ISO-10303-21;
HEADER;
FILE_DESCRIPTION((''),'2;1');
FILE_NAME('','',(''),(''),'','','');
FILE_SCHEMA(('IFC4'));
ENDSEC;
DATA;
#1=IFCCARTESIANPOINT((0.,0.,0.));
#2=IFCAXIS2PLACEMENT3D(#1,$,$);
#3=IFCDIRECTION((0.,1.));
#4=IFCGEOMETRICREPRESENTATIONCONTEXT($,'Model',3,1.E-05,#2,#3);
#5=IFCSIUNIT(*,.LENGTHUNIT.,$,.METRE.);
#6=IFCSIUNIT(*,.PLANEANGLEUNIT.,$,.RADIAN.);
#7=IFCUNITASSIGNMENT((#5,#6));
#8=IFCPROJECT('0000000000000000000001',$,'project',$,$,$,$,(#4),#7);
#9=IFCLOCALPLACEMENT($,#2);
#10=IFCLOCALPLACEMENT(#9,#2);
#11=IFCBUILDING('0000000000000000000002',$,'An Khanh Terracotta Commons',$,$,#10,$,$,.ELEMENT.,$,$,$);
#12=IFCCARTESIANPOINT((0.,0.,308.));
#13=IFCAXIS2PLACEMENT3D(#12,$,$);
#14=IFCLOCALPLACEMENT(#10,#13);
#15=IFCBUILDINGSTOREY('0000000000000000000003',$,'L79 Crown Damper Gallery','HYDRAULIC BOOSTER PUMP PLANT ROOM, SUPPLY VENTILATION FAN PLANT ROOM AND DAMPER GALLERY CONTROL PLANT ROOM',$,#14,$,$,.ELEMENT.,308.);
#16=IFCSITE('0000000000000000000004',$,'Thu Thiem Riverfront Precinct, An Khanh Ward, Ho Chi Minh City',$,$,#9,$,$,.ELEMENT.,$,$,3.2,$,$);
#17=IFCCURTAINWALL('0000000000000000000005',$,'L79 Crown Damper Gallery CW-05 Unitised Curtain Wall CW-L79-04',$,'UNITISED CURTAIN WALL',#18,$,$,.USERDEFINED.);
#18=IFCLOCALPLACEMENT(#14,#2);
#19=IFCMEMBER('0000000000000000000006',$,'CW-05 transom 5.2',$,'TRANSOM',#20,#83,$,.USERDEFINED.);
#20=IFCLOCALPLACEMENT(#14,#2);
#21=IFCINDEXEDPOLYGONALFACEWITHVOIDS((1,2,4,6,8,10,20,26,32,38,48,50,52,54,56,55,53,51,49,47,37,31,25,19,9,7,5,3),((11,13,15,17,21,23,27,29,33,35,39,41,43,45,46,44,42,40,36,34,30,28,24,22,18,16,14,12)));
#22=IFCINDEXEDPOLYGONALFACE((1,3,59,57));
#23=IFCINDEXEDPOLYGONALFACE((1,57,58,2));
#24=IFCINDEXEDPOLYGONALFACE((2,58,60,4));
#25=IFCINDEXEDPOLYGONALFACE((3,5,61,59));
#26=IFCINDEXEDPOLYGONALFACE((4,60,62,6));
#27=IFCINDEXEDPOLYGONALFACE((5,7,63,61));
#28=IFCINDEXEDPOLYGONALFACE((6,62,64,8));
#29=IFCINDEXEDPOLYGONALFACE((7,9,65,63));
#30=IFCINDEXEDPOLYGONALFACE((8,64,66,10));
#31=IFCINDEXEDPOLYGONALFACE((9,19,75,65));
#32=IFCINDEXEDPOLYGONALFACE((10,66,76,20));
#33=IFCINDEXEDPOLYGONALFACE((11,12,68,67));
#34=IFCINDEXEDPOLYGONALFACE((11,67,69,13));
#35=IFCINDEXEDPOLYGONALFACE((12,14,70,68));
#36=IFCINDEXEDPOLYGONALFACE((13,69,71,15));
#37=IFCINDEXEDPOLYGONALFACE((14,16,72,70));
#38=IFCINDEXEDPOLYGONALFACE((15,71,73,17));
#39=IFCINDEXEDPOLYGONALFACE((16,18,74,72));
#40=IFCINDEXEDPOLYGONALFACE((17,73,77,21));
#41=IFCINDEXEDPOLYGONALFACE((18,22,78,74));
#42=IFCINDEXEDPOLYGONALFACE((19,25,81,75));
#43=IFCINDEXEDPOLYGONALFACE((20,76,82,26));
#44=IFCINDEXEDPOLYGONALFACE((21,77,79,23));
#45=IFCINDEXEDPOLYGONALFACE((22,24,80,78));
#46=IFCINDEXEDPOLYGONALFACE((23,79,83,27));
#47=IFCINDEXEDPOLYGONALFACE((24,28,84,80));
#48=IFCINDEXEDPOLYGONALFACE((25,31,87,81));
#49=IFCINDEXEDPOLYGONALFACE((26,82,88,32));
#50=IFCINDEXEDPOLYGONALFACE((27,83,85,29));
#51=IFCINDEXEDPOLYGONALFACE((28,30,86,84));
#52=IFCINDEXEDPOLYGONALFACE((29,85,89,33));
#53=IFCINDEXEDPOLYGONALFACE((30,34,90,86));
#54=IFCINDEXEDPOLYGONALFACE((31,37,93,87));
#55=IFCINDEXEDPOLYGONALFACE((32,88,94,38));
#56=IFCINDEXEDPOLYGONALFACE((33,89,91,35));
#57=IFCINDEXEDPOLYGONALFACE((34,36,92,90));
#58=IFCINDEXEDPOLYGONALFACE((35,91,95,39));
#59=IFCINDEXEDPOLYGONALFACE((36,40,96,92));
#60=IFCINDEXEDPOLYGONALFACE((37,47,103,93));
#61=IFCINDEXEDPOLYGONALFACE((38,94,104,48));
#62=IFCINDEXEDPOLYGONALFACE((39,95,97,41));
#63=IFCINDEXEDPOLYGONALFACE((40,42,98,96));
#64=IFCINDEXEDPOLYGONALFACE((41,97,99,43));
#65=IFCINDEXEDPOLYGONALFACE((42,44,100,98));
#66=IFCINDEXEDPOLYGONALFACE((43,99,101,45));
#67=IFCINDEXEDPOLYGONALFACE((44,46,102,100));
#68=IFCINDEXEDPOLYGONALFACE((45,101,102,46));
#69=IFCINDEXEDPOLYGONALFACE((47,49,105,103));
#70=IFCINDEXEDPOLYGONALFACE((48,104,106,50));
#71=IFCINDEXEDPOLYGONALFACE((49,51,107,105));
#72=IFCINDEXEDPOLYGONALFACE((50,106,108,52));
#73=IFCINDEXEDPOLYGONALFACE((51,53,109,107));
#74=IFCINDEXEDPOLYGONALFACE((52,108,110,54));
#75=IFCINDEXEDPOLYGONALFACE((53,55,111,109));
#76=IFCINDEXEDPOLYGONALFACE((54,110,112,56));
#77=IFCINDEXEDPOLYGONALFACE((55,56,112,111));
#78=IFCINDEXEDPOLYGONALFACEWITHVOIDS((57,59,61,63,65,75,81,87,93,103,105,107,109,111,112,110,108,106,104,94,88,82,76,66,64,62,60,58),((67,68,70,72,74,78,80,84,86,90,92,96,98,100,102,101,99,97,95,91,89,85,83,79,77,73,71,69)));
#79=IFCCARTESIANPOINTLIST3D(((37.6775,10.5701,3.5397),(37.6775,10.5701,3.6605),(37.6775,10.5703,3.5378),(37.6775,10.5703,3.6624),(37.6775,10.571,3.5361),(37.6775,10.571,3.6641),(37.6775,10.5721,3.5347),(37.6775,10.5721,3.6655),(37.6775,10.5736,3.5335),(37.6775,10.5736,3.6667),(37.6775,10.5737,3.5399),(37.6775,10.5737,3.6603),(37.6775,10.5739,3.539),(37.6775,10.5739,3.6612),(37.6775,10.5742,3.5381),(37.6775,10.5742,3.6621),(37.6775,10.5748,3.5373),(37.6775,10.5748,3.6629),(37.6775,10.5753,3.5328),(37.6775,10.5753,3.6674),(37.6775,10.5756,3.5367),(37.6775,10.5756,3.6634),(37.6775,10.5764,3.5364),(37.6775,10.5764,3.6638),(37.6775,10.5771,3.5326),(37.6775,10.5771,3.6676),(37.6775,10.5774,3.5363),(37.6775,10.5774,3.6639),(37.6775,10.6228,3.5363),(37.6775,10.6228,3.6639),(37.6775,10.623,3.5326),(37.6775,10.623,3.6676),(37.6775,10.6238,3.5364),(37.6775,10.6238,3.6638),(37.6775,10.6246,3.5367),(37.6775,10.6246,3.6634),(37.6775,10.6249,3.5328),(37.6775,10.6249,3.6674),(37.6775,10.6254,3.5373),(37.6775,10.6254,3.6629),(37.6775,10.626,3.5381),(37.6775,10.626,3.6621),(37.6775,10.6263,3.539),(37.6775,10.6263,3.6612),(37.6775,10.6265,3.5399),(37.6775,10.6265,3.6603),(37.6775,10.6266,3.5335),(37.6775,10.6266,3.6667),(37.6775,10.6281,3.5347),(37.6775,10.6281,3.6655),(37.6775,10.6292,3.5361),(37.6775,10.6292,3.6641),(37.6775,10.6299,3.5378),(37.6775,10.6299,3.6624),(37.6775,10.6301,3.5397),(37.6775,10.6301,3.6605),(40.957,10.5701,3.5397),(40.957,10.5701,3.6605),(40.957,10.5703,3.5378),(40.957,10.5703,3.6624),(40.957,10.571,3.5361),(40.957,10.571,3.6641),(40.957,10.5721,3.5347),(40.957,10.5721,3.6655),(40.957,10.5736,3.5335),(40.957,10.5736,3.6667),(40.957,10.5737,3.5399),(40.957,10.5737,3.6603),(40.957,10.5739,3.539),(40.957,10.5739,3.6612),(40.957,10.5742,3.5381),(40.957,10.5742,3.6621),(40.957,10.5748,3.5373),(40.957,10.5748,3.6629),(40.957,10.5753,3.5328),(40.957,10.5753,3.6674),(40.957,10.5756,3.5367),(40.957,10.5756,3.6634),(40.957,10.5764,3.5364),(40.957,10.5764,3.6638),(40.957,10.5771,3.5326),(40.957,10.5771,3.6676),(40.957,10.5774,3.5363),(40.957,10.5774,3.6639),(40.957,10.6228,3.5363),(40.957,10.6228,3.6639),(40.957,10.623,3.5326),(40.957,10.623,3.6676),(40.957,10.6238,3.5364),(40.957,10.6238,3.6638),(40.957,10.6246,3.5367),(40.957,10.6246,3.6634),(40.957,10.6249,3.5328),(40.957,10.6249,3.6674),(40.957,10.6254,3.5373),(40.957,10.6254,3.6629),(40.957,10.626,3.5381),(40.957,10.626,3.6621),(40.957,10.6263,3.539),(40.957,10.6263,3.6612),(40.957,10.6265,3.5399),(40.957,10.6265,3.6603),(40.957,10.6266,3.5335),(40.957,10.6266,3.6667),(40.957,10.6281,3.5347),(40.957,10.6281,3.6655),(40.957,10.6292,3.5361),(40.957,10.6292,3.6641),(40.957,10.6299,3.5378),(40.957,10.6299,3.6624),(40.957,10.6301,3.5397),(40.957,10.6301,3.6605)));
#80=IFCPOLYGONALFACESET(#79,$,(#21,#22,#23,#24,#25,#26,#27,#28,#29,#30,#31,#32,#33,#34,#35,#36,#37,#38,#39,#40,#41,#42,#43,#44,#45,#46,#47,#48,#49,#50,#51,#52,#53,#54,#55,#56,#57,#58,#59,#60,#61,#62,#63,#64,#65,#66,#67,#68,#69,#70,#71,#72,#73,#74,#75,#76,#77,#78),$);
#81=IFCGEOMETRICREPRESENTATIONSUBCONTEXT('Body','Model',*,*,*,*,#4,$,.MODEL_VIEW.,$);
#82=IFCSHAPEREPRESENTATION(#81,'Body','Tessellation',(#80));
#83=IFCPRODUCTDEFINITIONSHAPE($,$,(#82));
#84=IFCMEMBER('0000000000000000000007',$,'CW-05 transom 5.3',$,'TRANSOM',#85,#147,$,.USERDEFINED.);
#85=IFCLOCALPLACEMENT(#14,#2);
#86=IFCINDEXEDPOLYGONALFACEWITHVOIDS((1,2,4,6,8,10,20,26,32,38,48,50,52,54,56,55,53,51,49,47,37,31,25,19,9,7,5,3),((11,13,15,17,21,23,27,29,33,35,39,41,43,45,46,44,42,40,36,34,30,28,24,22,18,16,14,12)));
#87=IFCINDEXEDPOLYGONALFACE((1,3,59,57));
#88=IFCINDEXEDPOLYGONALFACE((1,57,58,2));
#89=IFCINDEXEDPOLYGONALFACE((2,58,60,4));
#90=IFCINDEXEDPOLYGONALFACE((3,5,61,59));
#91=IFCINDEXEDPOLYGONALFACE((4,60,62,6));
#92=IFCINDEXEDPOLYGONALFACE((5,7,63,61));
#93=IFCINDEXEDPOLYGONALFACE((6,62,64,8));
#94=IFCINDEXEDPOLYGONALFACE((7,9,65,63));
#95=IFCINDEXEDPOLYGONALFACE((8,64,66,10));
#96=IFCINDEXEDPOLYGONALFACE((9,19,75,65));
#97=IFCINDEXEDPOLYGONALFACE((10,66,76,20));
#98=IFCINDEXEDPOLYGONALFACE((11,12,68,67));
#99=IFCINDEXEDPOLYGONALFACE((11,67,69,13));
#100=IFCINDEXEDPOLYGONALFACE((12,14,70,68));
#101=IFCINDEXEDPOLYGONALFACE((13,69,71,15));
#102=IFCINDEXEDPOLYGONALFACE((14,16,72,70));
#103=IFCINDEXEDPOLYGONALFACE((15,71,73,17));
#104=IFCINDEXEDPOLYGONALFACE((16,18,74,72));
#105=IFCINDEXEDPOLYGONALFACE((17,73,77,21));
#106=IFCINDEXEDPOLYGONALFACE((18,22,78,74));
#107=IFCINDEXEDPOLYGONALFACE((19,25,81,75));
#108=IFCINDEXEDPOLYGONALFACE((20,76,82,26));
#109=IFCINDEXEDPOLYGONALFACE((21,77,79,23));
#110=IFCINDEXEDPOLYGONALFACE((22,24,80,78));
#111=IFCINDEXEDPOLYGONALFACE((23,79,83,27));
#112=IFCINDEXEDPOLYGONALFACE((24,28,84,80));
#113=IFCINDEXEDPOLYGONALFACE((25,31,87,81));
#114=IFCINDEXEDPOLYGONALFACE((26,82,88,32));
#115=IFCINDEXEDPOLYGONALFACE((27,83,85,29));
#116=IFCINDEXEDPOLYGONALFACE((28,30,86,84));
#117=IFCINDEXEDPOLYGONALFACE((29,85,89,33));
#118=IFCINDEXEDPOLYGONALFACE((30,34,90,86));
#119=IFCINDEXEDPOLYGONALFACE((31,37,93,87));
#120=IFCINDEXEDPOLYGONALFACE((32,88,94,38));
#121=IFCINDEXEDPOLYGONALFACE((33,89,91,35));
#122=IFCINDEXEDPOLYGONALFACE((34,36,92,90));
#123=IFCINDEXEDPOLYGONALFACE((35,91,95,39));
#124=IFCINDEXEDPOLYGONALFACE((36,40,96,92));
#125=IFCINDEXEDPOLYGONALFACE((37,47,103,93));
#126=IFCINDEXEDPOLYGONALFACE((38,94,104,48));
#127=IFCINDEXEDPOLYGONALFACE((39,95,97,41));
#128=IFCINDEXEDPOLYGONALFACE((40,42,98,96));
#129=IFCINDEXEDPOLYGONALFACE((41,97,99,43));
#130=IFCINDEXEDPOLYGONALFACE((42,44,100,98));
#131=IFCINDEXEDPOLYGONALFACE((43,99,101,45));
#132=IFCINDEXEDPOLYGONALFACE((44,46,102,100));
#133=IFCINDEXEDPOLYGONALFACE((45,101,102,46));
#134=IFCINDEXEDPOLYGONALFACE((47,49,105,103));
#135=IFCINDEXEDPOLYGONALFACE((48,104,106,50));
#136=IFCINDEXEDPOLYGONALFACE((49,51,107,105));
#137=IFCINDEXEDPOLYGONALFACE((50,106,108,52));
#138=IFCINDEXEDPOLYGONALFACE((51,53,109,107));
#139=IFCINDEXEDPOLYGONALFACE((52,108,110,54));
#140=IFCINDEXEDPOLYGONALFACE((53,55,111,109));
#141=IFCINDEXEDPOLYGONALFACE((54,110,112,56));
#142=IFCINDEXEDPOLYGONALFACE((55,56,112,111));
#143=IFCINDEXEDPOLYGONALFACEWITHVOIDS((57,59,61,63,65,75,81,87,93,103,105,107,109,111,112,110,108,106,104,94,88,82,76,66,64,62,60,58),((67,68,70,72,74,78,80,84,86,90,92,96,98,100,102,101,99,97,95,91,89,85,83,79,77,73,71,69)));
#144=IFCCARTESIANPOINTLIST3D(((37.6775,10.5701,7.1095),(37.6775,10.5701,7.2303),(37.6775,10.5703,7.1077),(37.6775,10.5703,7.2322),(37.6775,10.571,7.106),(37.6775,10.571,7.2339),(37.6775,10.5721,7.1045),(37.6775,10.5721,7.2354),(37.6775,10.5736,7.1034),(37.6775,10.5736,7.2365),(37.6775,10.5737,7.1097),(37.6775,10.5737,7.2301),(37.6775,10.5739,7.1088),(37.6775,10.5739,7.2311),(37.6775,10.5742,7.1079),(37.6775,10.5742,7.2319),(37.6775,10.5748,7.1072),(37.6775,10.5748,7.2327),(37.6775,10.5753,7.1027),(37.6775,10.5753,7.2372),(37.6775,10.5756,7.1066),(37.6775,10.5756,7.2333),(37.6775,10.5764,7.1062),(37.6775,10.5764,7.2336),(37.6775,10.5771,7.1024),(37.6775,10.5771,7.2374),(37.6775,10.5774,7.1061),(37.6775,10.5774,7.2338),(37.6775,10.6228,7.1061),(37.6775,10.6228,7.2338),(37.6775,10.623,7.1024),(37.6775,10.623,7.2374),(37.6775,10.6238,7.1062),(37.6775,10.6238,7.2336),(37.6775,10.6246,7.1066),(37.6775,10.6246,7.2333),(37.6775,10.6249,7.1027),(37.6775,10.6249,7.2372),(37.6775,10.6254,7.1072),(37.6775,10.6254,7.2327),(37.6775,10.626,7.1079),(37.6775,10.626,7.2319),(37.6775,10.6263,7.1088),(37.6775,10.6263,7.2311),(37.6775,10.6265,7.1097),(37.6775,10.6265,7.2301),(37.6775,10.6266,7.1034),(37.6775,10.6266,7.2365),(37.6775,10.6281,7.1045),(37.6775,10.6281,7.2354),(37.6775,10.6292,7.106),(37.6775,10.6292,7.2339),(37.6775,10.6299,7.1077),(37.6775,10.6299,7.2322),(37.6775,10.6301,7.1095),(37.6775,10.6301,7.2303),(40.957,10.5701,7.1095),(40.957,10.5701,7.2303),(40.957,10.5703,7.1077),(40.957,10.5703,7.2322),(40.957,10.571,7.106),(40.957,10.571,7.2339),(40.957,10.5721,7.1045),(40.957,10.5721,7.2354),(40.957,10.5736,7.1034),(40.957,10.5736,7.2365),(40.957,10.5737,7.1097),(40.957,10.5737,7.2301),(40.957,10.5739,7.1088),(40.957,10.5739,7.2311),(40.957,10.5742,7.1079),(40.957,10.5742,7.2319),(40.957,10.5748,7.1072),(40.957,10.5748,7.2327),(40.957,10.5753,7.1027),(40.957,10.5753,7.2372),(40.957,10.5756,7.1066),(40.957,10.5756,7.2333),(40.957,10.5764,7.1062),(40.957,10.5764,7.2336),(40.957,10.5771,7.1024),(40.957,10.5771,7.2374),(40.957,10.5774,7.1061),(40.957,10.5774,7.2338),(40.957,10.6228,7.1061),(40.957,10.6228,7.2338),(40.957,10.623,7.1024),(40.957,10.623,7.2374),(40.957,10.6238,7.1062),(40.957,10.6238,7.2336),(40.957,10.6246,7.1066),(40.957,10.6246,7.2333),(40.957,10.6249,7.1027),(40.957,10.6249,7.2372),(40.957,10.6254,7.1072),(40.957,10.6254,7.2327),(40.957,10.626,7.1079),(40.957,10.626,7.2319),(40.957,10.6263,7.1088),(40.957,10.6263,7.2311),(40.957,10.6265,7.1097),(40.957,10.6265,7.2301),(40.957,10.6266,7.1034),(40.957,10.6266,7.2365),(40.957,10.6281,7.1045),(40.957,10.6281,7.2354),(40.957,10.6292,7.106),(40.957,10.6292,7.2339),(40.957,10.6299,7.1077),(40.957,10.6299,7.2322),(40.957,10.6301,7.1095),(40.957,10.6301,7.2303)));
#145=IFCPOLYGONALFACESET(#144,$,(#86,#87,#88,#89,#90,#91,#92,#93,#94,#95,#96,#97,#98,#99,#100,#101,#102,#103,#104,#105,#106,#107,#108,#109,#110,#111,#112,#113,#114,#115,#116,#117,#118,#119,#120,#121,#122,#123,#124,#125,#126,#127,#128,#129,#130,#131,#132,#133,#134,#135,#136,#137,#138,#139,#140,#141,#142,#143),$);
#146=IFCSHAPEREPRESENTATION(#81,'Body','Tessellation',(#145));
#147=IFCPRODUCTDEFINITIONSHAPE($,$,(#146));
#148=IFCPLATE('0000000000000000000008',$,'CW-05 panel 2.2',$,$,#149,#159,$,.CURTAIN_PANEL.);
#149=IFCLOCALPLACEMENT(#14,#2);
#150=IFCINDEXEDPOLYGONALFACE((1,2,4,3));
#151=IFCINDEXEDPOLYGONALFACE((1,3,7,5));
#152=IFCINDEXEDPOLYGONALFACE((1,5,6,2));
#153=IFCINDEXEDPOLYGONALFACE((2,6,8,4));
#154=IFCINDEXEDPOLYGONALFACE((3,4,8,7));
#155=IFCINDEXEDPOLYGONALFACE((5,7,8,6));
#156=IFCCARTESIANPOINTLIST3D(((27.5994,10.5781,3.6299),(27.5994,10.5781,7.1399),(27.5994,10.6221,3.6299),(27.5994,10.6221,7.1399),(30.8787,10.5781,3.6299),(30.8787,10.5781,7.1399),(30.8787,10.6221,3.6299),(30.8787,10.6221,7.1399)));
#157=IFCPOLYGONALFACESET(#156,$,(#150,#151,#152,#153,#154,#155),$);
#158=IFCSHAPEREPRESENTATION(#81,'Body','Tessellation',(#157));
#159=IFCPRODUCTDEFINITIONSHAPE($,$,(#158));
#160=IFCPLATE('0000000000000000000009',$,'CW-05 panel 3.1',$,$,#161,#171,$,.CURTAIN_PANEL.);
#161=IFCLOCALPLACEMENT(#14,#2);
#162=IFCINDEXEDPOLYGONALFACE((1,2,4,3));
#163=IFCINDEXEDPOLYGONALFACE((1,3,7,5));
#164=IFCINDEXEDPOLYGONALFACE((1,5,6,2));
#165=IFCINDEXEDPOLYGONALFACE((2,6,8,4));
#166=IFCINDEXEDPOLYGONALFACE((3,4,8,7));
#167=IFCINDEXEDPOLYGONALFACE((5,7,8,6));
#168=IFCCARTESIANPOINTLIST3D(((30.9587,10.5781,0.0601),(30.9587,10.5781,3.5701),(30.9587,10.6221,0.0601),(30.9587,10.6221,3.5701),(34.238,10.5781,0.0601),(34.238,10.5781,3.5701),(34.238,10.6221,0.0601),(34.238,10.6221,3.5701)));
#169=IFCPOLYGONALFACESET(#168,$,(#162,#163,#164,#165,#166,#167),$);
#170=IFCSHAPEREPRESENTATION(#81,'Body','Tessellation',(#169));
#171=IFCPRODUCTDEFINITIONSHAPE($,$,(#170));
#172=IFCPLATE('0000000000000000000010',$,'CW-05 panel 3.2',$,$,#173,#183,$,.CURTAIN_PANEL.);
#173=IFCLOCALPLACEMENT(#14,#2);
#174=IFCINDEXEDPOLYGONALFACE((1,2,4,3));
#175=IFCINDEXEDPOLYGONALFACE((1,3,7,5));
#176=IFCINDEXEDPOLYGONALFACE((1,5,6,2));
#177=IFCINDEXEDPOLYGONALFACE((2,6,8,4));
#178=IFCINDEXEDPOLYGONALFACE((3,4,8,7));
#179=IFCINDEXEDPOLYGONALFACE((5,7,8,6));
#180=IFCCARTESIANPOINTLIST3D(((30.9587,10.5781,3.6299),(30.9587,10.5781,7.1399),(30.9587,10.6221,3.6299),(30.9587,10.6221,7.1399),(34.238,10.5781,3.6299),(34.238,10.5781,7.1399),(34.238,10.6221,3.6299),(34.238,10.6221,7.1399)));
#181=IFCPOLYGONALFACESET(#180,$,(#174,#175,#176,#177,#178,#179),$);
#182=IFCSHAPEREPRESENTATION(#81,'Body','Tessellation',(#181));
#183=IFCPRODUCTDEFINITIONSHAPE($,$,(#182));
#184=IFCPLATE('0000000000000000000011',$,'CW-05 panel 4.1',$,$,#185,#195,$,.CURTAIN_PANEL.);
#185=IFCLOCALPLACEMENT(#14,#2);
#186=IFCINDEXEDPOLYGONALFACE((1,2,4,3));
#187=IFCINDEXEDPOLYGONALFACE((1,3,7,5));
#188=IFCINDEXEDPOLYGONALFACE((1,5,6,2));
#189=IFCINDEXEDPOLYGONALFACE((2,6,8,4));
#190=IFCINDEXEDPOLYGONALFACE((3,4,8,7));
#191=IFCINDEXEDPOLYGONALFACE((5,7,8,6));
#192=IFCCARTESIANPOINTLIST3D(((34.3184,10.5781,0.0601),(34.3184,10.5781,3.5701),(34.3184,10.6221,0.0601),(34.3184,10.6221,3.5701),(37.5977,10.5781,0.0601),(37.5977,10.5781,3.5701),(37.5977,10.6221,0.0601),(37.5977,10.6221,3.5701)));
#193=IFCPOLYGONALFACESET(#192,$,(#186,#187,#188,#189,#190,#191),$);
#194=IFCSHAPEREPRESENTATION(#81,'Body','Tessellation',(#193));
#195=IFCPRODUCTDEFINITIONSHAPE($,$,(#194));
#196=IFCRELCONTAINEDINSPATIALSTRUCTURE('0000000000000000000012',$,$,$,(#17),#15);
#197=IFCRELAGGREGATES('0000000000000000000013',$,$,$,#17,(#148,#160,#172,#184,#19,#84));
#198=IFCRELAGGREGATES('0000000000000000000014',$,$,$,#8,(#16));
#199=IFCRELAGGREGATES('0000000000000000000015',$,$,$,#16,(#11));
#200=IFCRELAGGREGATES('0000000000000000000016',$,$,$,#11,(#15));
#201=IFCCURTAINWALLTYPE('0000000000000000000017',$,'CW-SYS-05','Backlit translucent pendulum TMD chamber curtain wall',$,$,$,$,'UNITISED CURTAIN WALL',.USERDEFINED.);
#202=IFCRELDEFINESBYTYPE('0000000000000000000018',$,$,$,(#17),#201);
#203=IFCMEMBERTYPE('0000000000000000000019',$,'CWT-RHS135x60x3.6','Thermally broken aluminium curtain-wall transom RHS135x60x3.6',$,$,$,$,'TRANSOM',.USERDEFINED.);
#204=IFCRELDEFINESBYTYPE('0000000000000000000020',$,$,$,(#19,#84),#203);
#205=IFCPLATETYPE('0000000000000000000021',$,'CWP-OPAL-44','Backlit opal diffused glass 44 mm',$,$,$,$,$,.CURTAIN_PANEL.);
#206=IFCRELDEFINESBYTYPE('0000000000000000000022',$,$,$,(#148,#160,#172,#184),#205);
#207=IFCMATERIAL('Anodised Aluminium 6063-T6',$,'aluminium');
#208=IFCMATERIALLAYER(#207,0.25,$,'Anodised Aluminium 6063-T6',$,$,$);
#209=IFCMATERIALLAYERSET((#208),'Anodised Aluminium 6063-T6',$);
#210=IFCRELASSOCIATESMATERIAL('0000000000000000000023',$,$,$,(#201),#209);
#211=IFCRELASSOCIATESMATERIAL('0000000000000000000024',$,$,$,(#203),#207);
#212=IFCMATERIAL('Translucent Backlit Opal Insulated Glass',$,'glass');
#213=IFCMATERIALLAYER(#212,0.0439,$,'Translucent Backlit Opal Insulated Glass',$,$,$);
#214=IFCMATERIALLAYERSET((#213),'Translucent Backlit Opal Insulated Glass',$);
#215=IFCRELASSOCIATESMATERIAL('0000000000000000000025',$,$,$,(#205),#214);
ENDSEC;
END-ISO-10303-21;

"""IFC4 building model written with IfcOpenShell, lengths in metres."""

from ifc_helpers import new_model, si_unit, direction, frame, origin, origin_2d, place, context, subcontext, project, spatial, rectangle, hollow_rectangle, extrude, material, layer, layer_set, material_profile, profile_set, type_object, element, aggregate, save


model = new_model("IFC4")

# Units and contexts
model_context = context("Model", 3, precision=1e-05, world=origin(), true_north=direction((0.0, 1.0)))
body_context = subcontext(model_context, "Body", "Model", "MODEL_VIEW")
ifc_project = project(units=[si_unit("LENGTHUNIT", "METRE"), si_unit("PLANEANGLEUNIT", "RADIAN")], contexts=[model_context])

# Site, building, storey
site_placement = place(None, origin())
site = spatial("IfcSite", under=ifc_project, at=site_placement, Name="Thu Thiem Riverfront Precinct, An Khanh Ward, Ho Chi Minh City", CompositionType="ELEMENT", RefElevation=3.2)
building_placement = place(site_placement, origin())
building = spatial("IfcBuilding", under=site, at=building_placement, Name="An Khanh Terracotta Commons", CompositionType="ELEMENT")
storey_placement = place(building_placement, frame((0.0, 0.0, 308.0)))
storey = spatial("IfcBuildingStorey", under=building, at=storey_placement, Name="L79 Crown Damper Gallery", Description="HYDRAULIC BOOSTER PUMP PLANT ROOM, SUPPLY VENTILATION FAN PLANT ROOM AND DAMPER GALLERY CONTROL PLANT ROOM", CompositionType="ELEMENT", Elevation=308.0)

# Curtain wall, members, plates
ifc_material_1 = material(Name="Anodised Aluminium 6063-T6", Category="aluminium")
ifc_layer_1 = layer(ifc_material_1, 0.25, Name="Anodised Aluminium 6063-T6")
ifc_layer_set_1 = layer_set([ifc_layer_1], Name="Anodised Aluminium 6063-T6")
curtain_wall_type = type_object("IfcCurtainWallType", Name="CW-SYS-05", Description="Backlit translucent pendulum TMD chamber curtain wall", ElementType="UNITISED CURTAIN WALL", PredefinedType="USERDEFINED", material=ifc_layer_set_1)
curtain_wall_placement = place(storey_placement, origin())
curtain_wall = element("IfcCurtainWall", 1, at=curtain_wall_placement, inside=storey, type_object=curtain_wall_type, Name="L79 Crown Damper Gallery CW-05 Unitised Curtain Wall CW-L79-04", ObjectType="UNITISED CURTAIN WALL", PredefinedType="USERDEFINED")
ifc_material_profile_1 = material_profile(ifc_material_1, hollow_rectangle(XDim=0.0601, YDim=0.135, WallThickness=0.0037, InnerFilletRadius=0.0037, OuterFilletRadius=0.0071, at=origin_2d()), Name="RHS135x60x3.6")
ifc_profile_set_1 = profile_set([ifc_material_profile_1], Name="Anodised Aluminium 6063-T6")
member_type_1 = type_object("IfcMemberType", Name="CWT-RHS135x60x3.6", Description="Thermally broken aluminium curtain-wall transom RHS135x60x3.6", ElementType="TRANSOM", PredefinedType="USERDEFINED", material=ifc_profile_set_1)
member_1_placement = place(storey_placement, frame((37.6775, 10.6001, 3.6001), z_axis=(1.0, 0.0, 0.0), x_axis=(0.0, 1.0, 0.0)))
member_1 = element("IfcMember", 2, at=member_1_placement, type_object=member_type_1, Name="CW-05 transom 5.2", ObjectType="TRANSOM", PredefinedType="USERDEFINED", context=body_context, shape_type="SweptSolid", body=[
    extrude(hollow_rectangle(XDim=0.0601, YDim=0.135, WallThickness=0.0037, InnerFilletRadius=0.0037, OuterFilletRadius=0.0071, at=origin_2d()), origin(), (0.0, 0.0, 1.0), 3.2795),
])
member_2_placement = place(storey_placement, frame((37.6775, 10.6001, 7.1699), z_axis=(1.0, 0.0, 0.0), x_axis=(0.0, 1.0, 0.0)))
member_2 = element("IfcMember", 3, at=member_2_placement, type_object=member_type_1, Name="CW-05 transom 5.3", ObjectType="TRANSOM", PredefinedType="USERDEFINED", context=body_context, shape_type="SweptSolid", body=[
    extrude(hollow_rectangle(XDim=0.0601, YDim=0.135, WallThickness=0.0037, InnerFilletRadius=0.0037, OuterFilletRadius=0.0071, at=origin_2d()), origin(), (0.0, 0.0, 1.0), 3.2795),
])
ifc_material_2 = material(Name="Translucent Backlit Opal Insulated Glass", Category="glass")
ifc_layer_2 = layer(ifc_material_2, 0.0439, Name="Translucent Backlit Opal Insulated Glass")
ifc_layer_set_2 = layer_set([ifc_layer_2], Name="Translucent Backlit Opal Insulated Glass")
plate_type = type_object("IfcPlateType", Name="CWP-OPAL-44", Description="Backlit opal diffused glass 44 mm", PredefinedType="CURTAIN_PANEL", material=ifc_layer_set_2)
plate_1_placement = place(storey_placement, frame((29.239, 10.6001, 3.6299), z_axis=(0.0, 0.0, 1.0), x_axis=(1.0, 0.0, 0.0)))
plate_1 = element("IfcPlate", 4, at=plate_1_placement, type_object=plate_type, Name="CW-05 panel 2.2", PredefinedType="CURTAIN_PANEL", context=body_context, shape_type="SweptSolid", body=[
    extrude(rectangle(XDim=3.2793, YDim=0.0439, at=origin_2d()), origin(), (0.0, 0.0, 1.0), 3.51),
])
plate_2_placement = place(storey_placement, frame((32.5984, 10.6001, 0.0601), z_axis=(0.0, 0.0, 1.0), x_axis=(1.0, 0.0, 0.0)))
plate_2 = element("IfcPlate", 5, at=plate_2_placement, type_object=plate_type, Name="CW-05 panel 3.1", PredefinedType="CURTAIN_PANEL", context=body_context, shape_type="SweptSolid", body=[
    extrude(rectangle(XDim=3.2793, YDim=0.0439, at=origin_2d()), origin(), (0.0, 0.0, 1.0), 3.51),
])
plate_3_placement = place(storey_placement, frame((32.5984, 10.6001, 3.6299), z_axis=(0.0, 0.0, 1.0), x_axis=(1.0, 0.0, 0.0)))
plate_3 = element("IfcPlate", 6, at=plate_3_placement, type_object=plate_type, Name="CW-05 panel 3.2", PredefinedType="CURTAIN_PANEL", context=body_context, shape_type="SweptSolid", body=[
    extrude(rectangle(XDim=3.2793, YDim=0.0439, at=origin_2d()), origin(), (0.0, 0.0, 1.0), 3.51),
])
plate_4_placement = place(storey_placement, frame((35.958, 10.6001, 0.0601), z_axis=(0.0, 0.0, 1.0), x_axis=(1.0, 0.0, 0.0)))
plate_4 = element("IfcPlate", 7, at=plate_4_placement, type_object=plate_type, Name="CW-05 panel 4.1", PredefinedType="CURTAIN_PANEL", context=body_context, shape_type="SweptSolid", body=[
    extrude(rectangle(XDim=3.2793, YDim=0.0439, at=origin_2d()), origin(), (0.0, 0.0, 1.0), 3.51),
])
aggregate(curtain_wall, [plate_1, plate_2, plate_3, plate_4, member_1, member_2])

save(model, "model.ifc")
